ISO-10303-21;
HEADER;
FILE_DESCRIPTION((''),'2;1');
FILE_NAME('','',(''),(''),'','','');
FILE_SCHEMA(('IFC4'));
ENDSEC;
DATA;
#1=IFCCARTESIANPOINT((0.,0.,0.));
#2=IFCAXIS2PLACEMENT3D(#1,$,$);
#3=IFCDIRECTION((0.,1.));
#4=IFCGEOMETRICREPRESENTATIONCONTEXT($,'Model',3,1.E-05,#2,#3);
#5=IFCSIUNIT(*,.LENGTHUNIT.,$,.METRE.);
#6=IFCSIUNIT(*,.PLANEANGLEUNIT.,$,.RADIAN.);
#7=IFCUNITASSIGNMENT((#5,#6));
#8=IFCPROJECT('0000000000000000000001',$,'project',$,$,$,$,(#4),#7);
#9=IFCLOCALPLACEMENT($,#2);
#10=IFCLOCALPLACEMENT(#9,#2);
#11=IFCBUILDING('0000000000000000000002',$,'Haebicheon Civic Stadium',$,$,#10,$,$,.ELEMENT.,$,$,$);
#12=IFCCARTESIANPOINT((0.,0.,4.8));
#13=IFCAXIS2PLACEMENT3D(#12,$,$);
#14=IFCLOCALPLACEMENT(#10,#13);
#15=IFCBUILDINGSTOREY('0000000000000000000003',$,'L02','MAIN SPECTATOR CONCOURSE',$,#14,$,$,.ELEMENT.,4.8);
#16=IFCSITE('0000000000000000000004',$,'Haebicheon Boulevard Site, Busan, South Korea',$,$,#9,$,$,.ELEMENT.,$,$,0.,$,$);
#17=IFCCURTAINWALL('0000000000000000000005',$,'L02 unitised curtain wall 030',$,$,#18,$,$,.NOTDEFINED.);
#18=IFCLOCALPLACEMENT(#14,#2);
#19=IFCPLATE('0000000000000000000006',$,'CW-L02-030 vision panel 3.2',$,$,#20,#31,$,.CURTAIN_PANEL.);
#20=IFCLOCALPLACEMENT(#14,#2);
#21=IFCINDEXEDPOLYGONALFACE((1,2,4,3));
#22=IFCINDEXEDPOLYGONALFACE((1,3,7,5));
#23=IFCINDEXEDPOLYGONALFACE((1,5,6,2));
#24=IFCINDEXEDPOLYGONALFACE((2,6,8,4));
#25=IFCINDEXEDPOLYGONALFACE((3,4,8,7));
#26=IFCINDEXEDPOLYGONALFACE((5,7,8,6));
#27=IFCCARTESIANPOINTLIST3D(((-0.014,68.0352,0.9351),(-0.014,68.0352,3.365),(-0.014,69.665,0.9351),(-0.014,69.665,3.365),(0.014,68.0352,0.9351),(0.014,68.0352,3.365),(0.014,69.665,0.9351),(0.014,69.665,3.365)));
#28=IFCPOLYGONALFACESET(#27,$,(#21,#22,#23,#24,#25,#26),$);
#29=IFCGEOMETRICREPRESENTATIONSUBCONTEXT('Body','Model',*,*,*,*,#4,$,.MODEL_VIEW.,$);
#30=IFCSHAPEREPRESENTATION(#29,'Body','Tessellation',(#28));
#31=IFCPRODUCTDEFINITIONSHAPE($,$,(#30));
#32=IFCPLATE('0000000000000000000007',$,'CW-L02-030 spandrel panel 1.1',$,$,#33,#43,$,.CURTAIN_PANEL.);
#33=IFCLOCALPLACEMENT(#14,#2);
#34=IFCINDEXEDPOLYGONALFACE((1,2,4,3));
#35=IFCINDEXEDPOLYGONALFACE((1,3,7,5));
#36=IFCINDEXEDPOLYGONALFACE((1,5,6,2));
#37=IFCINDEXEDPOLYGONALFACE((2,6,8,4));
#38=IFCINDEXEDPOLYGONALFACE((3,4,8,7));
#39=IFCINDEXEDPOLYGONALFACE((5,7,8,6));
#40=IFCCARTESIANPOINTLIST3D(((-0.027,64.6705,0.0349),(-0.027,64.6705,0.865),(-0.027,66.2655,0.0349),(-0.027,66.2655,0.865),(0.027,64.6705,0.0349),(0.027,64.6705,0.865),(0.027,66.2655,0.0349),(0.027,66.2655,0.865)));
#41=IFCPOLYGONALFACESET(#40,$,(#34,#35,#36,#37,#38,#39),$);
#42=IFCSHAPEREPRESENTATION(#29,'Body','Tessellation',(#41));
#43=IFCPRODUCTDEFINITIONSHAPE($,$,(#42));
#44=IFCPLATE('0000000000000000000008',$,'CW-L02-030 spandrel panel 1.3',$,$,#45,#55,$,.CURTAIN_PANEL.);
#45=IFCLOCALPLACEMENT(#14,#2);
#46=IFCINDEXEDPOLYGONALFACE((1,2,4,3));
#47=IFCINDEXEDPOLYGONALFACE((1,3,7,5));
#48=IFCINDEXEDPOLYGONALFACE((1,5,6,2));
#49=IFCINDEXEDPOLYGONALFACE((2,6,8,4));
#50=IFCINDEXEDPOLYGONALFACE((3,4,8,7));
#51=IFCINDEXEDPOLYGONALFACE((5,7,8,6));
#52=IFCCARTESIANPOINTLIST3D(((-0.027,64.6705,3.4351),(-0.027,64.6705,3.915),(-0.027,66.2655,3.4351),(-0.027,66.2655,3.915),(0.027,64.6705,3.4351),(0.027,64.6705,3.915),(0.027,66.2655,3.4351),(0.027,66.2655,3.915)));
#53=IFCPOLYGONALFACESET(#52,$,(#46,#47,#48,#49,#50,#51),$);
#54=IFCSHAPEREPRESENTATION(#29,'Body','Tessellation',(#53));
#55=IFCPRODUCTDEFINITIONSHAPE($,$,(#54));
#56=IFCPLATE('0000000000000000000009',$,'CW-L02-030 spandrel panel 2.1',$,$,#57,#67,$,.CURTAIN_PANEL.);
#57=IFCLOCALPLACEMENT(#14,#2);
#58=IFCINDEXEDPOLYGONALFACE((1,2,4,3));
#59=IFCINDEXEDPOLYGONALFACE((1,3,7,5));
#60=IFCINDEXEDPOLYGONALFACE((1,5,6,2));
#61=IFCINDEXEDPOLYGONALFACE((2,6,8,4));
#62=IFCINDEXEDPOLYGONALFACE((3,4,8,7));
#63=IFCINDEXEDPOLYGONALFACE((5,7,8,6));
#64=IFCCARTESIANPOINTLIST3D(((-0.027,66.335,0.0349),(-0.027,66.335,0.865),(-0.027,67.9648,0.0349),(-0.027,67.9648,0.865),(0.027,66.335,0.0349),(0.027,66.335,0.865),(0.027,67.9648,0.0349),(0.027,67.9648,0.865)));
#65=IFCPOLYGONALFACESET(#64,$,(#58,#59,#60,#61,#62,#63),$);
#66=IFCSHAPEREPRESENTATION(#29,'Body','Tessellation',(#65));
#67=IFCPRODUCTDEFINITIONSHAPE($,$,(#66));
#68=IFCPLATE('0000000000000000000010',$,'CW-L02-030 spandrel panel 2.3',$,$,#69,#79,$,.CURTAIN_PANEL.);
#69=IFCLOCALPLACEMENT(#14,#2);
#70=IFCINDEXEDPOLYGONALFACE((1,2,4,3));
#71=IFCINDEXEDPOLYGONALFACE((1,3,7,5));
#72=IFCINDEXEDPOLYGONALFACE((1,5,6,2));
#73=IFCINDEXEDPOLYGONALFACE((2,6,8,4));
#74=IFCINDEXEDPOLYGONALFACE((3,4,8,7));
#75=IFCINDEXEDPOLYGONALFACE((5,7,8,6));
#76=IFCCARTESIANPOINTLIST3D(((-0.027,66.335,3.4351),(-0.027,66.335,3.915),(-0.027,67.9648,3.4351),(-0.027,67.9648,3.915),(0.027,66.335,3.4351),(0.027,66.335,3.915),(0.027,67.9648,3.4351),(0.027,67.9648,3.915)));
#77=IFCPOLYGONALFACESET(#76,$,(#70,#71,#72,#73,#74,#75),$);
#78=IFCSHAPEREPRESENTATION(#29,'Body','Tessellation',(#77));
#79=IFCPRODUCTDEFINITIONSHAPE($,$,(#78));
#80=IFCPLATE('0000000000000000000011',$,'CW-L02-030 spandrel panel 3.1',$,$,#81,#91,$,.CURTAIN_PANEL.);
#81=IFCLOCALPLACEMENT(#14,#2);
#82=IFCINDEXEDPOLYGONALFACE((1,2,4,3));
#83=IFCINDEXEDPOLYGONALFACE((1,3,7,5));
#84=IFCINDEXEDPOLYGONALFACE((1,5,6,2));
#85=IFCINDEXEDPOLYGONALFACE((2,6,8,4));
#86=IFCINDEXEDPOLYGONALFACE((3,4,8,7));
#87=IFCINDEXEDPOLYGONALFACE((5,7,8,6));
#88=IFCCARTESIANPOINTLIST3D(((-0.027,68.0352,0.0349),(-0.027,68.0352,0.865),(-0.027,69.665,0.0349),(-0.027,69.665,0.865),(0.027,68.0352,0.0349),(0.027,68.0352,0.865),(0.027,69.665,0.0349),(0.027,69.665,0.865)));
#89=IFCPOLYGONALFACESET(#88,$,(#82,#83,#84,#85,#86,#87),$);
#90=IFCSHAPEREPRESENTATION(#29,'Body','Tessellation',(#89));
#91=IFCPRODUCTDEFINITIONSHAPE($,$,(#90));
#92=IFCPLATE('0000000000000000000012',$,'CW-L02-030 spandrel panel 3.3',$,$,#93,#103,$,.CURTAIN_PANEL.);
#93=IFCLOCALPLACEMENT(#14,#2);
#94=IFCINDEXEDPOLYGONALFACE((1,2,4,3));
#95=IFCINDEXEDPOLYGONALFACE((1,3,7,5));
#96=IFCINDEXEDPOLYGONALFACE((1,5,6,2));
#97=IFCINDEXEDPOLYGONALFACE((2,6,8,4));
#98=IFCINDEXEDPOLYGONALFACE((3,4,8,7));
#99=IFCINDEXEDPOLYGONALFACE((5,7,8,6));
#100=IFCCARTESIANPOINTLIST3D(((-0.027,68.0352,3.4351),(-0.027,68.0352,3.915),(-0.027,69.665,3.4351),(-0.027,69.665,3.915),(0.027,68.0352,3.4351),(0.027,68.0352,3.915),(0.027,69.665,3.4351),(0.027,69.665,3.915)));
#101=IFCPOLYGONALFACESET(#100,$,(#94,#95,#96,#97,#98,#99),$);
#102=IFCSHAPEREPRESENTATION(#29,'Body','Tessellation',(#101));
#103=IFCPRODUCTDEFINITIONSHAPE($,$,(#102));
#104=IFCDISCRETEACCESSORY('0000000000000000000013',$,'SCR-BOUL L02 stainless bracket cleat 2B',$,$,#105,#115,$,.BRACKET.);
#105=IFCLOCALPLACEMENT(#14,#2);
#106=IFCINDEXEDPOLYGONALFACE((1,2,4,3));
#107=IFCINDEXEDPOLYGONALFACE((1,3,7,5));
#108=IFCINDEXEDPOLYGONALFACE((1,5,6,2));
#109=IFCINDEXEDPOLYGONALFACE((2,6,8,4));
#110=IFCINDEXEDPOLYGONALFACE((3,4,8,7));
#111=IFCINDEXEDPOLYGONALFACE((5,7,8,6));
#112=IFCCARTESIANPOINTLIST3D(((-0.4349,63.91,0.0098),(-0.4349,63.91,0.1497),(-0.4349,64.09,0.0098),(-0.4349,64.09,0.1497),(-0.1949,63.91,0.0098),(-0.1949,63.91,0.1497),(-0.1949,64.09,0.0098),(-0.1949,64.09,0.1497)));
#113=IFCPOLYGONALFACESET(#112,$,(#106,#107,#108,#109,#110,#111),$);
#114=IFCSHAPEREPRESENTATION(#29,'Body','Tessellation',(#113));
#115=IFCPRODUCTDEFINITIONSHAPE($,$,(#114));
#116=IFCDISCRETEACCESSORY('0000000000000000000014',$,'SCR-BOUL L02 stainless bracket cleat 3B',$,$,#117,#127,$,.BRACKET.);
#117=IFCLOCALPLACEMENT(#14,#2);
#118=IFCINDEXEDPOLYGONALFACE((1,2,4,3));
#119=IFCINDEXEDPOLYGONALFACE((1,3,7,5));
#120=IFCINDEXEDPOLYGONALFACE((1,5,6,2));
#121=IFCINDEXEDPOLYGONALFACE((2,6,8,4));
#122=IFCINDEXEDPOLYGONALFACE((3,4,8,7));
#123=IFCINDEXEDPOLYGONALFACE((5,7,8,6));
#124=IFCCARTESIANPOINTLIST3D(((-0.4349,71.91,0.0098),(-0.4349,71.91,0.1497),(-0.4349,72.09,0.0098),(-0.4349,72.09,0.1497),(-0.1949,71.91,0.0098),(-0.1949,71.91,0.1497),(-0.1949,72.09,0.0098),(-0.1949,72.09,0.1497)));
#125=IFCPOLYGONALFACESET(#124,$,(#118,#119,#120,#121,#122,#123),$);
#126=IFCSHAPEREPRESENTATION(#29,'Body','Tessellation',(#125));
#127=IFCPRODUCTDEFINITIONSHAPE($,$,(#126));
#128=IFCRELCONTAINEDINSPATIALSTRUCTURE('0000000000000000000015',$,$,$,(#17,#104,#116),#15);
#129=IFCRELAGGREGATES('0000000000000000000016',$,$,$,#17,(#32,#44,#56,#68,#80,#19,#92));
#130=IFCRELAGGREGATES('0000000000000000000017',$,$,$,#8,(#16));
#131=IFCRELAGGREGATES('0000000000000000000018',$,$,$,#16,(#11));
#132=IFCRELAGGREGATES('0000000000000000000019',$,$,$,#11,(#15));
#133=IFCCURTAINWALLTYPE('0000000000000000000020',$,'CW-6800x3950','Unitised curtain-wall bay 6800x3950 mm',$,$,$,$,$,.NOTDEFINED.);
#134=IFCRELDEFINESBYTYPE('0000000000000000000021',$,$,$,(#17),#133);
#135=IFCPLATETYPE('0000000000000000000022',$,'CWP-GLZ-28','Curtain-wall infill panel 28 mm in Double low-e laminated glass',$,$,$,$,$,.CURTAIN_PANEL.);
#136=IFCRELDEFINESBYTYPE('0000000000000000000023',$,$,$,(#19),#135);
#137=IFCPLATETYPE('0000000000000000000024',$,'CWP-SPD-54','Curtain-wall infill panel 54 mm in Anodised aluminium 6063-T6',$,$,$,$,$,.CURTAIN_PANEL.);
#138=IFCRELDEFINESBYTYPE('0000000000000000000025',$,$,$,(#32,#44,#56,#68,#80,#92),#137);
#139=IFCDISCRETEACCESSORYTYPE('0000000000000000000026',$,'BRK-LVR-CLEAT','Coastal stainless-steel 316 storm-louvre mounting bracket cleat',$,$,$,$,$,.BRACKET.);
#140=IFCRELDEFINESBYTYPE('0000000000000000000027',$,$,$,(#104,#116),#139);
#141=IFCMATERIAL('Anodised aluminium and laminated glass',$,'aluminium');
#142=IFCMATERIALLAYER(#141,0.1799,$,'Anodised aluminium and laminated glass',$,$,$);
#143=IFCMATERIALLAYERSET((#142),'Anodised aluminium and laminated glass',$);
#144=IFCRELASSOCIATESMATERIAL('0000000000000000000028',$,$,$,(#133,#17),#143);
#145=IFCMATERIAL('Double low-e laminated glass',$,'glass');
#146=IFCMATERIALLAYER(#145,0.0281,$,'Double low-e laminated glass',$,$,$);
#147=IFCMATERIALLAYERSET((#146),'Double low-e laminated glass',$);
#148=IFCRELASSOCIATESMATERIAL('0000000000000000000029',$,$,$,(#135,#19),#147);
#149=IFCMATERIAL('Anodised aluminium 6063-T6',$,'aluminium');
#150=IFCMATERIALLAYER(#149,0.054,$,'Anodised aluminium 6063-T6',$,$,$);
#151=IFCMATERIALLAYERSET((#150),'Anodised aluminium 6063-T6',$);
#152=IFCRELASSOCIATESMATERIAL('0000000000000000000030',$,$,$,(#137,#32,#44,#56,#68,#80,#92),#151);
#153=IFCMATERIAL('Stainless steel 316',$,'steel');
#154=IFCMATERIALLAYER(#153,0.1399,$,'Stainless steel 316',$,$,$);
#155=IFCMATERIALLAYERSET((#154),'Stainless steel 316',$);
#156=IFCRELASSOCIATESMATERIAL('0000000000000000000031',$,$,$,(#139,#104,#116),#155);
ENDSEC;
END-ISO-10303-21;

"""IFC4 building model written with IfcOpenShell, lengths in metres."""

from ifc_helpers import new_model, si_unit, direction, frame, origin, origin_2d, place, context, subcontext, project, spatial, rectangle, extrude, material, layer, layer_set, type_object, element, aggregate, save


model = new_model("IFC4")

# Units and contexts
model_context = context("Model", 3, precision=1e-05, world=origin(), true_north=direction((0.0, 1.0)))
body_context = subcontext(model_context, "Body", "Model", "MODEL_VIEW")
ifc_project = project(units=[si_unit("LENGTHUNIT", "METRE"), si_unit("PLANEANGLEUNIT", "RADIAN")], contexts=[model_context])

# Site, building, storey
site_placement = place(None, origin())
site = spatial("IfcSite", under=ifc_project, at=site_placement, Name="Haebicheon Boulevard Site, Busan, South Korea", CompositionType="ELEMENT", RefElevation=0.0)
building_placement = place(site_placement, origin())
building = spatial("IfcBuilding", under=site, at=building_placement, Name="Haebicheon Civic Stadium", CompositionType="ELEMENT")
storey_placement = place(building_placement, frame((0.0, 0.0, 4.8)))
storey = spatial("IfcBuildingStorey", under=building, at=storey_placement, Name="L02", Description="MAIN SPECTATOR CONCOURSE", CompositionType="ELEMENT", Elevation=4.8)

# Curtain wall
ifc_material_1 = material(Name="Anodised aluminium and laminated glass", Category="aluminium")
ifc_layer_1 = layer(ifc_material_1, 0.1799, Name="Anodised aluminium and laminated glass")
ifc_layer_set_1 = layer_set([ifc_layer_1], Name="Anodised aluminium and laminated glass")
curtain_wall_type = type_object("IfcCurtainWallType", Name="CW-6800x3950", Description="Unitised curtain-wall bay 6800x3950 mm", PredefinedType="NOTDEFINED", material=ifc_layer_set_1)
curtain_wall_placement = place(storey_placement, origin())
curtain_wall = element("IfcCurtainWall", 1, at=curtain_wall_placement, inside=storey, type_object=curtain_wall_type, material=ifc_layer_set_1, Name="L02 unitised curtain wall 030", PredefinedType="NOTDEFINED")

# Plates
ifc_material_2 = material(Name="Double low-e laminated glass", Category="glass")
ifc_layer_2 = layer(ifc_material_2, 0.0281, Name="Double low-e laminated glass")
ifc_layer_set_2 = layer_set([ifc_layer_2], Name="Double low-e laminated glass")
plate_type_1 = type_object("IfcPlateType", Name="CWP-GLZ-28", Description="Curtain-wall infill panel 28 mm in Double low-e laminated glass", PredefinedType="CURTAIN_PANEL", material=ifc_layer_set_2)
plate_1_placement = place(storey_placement, frame((0.0, 68.8501, 0.9351), z_axis=(0.0, 0.0, 1.0), x_axis=(0.0, 1.0, 0.0)))
plate_1 = element("IfcPlate", 2, at=plate_1_placement, type_object=plate_type_1, material=ifc_layer_set_2, Name="CW-L02-030 vision panel 3.2", PredefinedType="CURTAIN_PANEL", context=body_context, shape_type="SweptSolid", body=[
    extrude(rectangle(XDim=1.6299, YDim=0.0281, at=origin_2d()), origin(), (0.0, 0.0, 1.0), 2.4299),
])
ifc_material_3 = material(Name="Anodised aluminium 6063-T6", Category="aluminium")
ifc_layer_3 = layer(ifc_material_3, 0.054, Name="Anodised aluminium 6063-T6")
ifc_layer_set_3 = layer_set([ifc_layer_3], Name="Anodised aluminium 6063-T6")
plate_type_2 = type_object("IfcPlateType", Name="CWP-SPD-54", Description="Curtain-wall infill panel 54 mm in Anodised aluminium 6063-T6", PredefinedType="CURTAIN_PANEL", material=ifc_layer_set_3)
plate_2_placement = place(storey_placement, frame((0.0, 65.468, 0.0349), z_axis=(0.0, 0.0, 1.0), x_axis=(0.0, 1.0, 0.0)))
plate_2 = element("IfcPlate", 3, at=plate_2_placement, type_object=plate_type_2, material=ifc_layer_set_3, Name="CW-L02-030 spandrel panel 1.1", PredefinedType="CURTAIN_PANEL", context=body_context, shape_type="SweptSolid", body=[
    extrude(rectangle(XDim=1.595, YDim=0.054, at=origin_2d()), origin(), (0.0, 0.0, 1.0), 0.8301),
])
plate_3_placement = place(storey_placement, frame((0.0, 65.468, 3.4351), z_axis=(0.0, 0.0, 1.0), x_axis=(0.0, 1.0, 0.0)))
plate_3 = element("IfcPlate", 4, at=plate_3_placement, type_object=plate_type_2, material=ifc_layer_set_3, Name="CW-L02-030 spandrel panel 1.3", PredefinedType="CURTAIN_PANEL", context=body_context, shape_type="SweptSolid", body=[
    extrude(rectangle(XDim=1.595, YDim=0.054, at=origin_2d()), origin(), (0.0, 0.0, 1.0), 0.48),
])
plate_4_placement = place(storey_placement, frame((0.0, 67.1499, 0.0349), z_axis=(0.0, 0.0, 1.0), x_axis=(0.0, 1.0, 0.0)))
plate_4 = element("IfcPlate", 5, at=plate_4_placement, type_object=plate_type_2, material=ifc_layer_set_3, Name="CW-L02-030 spandrel panel 2.1", PredefinedType="CURTAIN_PANEL", context=body_context, shape_type="SweptSolid", body=[
    extrude(rectangle(XDim=1.6299, YDim=0.054, at=origin_2d()), origin(), (0.0, 0.0, 1.0), 0.8301),
])
plate_5_placement = place(storey_placement, frame((0.0, 67.1499, 3.4351), z_axis=(0.0, 0.0, 1.0), x_axis=(0.0, 1.0, 0.0)))
plate_5 = element("IfcPlate", 6, at=plate_5_placement, type_object=plate_type_2, material=ifc_layer_set_3, Name="CW-L02-030 spandrel panel 2.3", PredefinedType="CURTAIN_PANEL", context=body_context, shape_type="SweptSolid", body=[
    extrude(rectangle(XDim=1.6299, YDim=0.054, at=origin_2d()), origin(), (0.0, 0.0, 1.0), 0.48),
])
plate_6_placement = place(storey_placement, frame((0.0, 68.8501, 0.0349), z_axis=(0.0, 0.0, 1.0), x_axis=(0.0, 1.0, 0.0)))
plate_6 = element("IfcPlate", 7, at=plate_6_placement, type_object=plate_type_2, material=ifc_layer_set_3, Name="CW-L02-030 spandrel panel 3.1", PredefinedType="CURTAIN_PANEL", context=body_context, shape_type="SweptSolid", body=[
    extrude(rectangle(XDim=1.6299, YDim=0.054, at=origin_2d()), origin(), (0.0, 0.0, 1.0), 0.8301),
])
plate_7_placement = place(storey_placement, frame((0.0, 68.8501, 3.4351), z_axis=(0.0, 0.0, 1.0), x_axis=(0.0, 1.0, 0.0)))
plate_7 = element("IfcPlate", 8, at=plate_7_placement, type_object=plate_type_2, material=ifc_layer_set_3, Name="CW-L02-030 spandrel panel 3.3", PredefinedType="CURTAIN_PANEL", context=body_context, shape_type="SweptSolid", body=[
    extrude(rectangle(XDim=1.6299, YDim=0.054, at=origin_2d()), origin(), (0.0, 0.0, 1.0), 0.48),
])
aggregate(curtain_wall, [plate_2, plate_3, plate_4, plate_5, plate_6, plate_1, plate_7])

# Discrete accessories
ifc_material_4 = material(Name="Stainless steel 316", Category="steel")
ifc_layer_4 = layer(ifc_material_4, 0.1399, Name="Stainless steel 316")
ifc_layer_set_4 = layer_set([ifc_layer_4], Name="Stainless steel 316")
discrete_accessory_type = type_object("IfcDiscreteAccessoryType", Name="BRK-LVR-CLEAT", Description="Coastal stainless-steel 316 storm-louvre mounting bracket cleat", PredefinedType="BRACKET", material=ifc_layer_set_4)
for number, where, z_axis, x_axis, name in (
    (9, (-0.3149, 64.0, 0.0098), (0.0, 0.0, 1.0), (1.0, 0.0, 0.0), "SCR-BOUL L02 stainless bracket cleat 2B"),
    (10, (-0.3149, 72.0, 0.0098), (0.0, 0.0, 1.0), (1.0, 0.0, 0.0), "SCR-BOUL L02 stainless bracket cleat 3B"),
):
    element("IfcDiscreteAccessory", number, at=place(storey_placement, frame(where, z_axis=z_axis, x_axis=x_axis)), inside=storey, type_object=discrete_accessory_type, material=ifc_layer_set_4, Name=name, PredefinedType="BRACKET", context=body_context, shape_type="SweptSolid", body=[
        extrude(rectangle(XDim=0.24, YDim=0.1799, at=origin_2d()), origin(), (0.0, 0.0, 1.0), 0.1399),
    ])

save(model, "model.ifc")
